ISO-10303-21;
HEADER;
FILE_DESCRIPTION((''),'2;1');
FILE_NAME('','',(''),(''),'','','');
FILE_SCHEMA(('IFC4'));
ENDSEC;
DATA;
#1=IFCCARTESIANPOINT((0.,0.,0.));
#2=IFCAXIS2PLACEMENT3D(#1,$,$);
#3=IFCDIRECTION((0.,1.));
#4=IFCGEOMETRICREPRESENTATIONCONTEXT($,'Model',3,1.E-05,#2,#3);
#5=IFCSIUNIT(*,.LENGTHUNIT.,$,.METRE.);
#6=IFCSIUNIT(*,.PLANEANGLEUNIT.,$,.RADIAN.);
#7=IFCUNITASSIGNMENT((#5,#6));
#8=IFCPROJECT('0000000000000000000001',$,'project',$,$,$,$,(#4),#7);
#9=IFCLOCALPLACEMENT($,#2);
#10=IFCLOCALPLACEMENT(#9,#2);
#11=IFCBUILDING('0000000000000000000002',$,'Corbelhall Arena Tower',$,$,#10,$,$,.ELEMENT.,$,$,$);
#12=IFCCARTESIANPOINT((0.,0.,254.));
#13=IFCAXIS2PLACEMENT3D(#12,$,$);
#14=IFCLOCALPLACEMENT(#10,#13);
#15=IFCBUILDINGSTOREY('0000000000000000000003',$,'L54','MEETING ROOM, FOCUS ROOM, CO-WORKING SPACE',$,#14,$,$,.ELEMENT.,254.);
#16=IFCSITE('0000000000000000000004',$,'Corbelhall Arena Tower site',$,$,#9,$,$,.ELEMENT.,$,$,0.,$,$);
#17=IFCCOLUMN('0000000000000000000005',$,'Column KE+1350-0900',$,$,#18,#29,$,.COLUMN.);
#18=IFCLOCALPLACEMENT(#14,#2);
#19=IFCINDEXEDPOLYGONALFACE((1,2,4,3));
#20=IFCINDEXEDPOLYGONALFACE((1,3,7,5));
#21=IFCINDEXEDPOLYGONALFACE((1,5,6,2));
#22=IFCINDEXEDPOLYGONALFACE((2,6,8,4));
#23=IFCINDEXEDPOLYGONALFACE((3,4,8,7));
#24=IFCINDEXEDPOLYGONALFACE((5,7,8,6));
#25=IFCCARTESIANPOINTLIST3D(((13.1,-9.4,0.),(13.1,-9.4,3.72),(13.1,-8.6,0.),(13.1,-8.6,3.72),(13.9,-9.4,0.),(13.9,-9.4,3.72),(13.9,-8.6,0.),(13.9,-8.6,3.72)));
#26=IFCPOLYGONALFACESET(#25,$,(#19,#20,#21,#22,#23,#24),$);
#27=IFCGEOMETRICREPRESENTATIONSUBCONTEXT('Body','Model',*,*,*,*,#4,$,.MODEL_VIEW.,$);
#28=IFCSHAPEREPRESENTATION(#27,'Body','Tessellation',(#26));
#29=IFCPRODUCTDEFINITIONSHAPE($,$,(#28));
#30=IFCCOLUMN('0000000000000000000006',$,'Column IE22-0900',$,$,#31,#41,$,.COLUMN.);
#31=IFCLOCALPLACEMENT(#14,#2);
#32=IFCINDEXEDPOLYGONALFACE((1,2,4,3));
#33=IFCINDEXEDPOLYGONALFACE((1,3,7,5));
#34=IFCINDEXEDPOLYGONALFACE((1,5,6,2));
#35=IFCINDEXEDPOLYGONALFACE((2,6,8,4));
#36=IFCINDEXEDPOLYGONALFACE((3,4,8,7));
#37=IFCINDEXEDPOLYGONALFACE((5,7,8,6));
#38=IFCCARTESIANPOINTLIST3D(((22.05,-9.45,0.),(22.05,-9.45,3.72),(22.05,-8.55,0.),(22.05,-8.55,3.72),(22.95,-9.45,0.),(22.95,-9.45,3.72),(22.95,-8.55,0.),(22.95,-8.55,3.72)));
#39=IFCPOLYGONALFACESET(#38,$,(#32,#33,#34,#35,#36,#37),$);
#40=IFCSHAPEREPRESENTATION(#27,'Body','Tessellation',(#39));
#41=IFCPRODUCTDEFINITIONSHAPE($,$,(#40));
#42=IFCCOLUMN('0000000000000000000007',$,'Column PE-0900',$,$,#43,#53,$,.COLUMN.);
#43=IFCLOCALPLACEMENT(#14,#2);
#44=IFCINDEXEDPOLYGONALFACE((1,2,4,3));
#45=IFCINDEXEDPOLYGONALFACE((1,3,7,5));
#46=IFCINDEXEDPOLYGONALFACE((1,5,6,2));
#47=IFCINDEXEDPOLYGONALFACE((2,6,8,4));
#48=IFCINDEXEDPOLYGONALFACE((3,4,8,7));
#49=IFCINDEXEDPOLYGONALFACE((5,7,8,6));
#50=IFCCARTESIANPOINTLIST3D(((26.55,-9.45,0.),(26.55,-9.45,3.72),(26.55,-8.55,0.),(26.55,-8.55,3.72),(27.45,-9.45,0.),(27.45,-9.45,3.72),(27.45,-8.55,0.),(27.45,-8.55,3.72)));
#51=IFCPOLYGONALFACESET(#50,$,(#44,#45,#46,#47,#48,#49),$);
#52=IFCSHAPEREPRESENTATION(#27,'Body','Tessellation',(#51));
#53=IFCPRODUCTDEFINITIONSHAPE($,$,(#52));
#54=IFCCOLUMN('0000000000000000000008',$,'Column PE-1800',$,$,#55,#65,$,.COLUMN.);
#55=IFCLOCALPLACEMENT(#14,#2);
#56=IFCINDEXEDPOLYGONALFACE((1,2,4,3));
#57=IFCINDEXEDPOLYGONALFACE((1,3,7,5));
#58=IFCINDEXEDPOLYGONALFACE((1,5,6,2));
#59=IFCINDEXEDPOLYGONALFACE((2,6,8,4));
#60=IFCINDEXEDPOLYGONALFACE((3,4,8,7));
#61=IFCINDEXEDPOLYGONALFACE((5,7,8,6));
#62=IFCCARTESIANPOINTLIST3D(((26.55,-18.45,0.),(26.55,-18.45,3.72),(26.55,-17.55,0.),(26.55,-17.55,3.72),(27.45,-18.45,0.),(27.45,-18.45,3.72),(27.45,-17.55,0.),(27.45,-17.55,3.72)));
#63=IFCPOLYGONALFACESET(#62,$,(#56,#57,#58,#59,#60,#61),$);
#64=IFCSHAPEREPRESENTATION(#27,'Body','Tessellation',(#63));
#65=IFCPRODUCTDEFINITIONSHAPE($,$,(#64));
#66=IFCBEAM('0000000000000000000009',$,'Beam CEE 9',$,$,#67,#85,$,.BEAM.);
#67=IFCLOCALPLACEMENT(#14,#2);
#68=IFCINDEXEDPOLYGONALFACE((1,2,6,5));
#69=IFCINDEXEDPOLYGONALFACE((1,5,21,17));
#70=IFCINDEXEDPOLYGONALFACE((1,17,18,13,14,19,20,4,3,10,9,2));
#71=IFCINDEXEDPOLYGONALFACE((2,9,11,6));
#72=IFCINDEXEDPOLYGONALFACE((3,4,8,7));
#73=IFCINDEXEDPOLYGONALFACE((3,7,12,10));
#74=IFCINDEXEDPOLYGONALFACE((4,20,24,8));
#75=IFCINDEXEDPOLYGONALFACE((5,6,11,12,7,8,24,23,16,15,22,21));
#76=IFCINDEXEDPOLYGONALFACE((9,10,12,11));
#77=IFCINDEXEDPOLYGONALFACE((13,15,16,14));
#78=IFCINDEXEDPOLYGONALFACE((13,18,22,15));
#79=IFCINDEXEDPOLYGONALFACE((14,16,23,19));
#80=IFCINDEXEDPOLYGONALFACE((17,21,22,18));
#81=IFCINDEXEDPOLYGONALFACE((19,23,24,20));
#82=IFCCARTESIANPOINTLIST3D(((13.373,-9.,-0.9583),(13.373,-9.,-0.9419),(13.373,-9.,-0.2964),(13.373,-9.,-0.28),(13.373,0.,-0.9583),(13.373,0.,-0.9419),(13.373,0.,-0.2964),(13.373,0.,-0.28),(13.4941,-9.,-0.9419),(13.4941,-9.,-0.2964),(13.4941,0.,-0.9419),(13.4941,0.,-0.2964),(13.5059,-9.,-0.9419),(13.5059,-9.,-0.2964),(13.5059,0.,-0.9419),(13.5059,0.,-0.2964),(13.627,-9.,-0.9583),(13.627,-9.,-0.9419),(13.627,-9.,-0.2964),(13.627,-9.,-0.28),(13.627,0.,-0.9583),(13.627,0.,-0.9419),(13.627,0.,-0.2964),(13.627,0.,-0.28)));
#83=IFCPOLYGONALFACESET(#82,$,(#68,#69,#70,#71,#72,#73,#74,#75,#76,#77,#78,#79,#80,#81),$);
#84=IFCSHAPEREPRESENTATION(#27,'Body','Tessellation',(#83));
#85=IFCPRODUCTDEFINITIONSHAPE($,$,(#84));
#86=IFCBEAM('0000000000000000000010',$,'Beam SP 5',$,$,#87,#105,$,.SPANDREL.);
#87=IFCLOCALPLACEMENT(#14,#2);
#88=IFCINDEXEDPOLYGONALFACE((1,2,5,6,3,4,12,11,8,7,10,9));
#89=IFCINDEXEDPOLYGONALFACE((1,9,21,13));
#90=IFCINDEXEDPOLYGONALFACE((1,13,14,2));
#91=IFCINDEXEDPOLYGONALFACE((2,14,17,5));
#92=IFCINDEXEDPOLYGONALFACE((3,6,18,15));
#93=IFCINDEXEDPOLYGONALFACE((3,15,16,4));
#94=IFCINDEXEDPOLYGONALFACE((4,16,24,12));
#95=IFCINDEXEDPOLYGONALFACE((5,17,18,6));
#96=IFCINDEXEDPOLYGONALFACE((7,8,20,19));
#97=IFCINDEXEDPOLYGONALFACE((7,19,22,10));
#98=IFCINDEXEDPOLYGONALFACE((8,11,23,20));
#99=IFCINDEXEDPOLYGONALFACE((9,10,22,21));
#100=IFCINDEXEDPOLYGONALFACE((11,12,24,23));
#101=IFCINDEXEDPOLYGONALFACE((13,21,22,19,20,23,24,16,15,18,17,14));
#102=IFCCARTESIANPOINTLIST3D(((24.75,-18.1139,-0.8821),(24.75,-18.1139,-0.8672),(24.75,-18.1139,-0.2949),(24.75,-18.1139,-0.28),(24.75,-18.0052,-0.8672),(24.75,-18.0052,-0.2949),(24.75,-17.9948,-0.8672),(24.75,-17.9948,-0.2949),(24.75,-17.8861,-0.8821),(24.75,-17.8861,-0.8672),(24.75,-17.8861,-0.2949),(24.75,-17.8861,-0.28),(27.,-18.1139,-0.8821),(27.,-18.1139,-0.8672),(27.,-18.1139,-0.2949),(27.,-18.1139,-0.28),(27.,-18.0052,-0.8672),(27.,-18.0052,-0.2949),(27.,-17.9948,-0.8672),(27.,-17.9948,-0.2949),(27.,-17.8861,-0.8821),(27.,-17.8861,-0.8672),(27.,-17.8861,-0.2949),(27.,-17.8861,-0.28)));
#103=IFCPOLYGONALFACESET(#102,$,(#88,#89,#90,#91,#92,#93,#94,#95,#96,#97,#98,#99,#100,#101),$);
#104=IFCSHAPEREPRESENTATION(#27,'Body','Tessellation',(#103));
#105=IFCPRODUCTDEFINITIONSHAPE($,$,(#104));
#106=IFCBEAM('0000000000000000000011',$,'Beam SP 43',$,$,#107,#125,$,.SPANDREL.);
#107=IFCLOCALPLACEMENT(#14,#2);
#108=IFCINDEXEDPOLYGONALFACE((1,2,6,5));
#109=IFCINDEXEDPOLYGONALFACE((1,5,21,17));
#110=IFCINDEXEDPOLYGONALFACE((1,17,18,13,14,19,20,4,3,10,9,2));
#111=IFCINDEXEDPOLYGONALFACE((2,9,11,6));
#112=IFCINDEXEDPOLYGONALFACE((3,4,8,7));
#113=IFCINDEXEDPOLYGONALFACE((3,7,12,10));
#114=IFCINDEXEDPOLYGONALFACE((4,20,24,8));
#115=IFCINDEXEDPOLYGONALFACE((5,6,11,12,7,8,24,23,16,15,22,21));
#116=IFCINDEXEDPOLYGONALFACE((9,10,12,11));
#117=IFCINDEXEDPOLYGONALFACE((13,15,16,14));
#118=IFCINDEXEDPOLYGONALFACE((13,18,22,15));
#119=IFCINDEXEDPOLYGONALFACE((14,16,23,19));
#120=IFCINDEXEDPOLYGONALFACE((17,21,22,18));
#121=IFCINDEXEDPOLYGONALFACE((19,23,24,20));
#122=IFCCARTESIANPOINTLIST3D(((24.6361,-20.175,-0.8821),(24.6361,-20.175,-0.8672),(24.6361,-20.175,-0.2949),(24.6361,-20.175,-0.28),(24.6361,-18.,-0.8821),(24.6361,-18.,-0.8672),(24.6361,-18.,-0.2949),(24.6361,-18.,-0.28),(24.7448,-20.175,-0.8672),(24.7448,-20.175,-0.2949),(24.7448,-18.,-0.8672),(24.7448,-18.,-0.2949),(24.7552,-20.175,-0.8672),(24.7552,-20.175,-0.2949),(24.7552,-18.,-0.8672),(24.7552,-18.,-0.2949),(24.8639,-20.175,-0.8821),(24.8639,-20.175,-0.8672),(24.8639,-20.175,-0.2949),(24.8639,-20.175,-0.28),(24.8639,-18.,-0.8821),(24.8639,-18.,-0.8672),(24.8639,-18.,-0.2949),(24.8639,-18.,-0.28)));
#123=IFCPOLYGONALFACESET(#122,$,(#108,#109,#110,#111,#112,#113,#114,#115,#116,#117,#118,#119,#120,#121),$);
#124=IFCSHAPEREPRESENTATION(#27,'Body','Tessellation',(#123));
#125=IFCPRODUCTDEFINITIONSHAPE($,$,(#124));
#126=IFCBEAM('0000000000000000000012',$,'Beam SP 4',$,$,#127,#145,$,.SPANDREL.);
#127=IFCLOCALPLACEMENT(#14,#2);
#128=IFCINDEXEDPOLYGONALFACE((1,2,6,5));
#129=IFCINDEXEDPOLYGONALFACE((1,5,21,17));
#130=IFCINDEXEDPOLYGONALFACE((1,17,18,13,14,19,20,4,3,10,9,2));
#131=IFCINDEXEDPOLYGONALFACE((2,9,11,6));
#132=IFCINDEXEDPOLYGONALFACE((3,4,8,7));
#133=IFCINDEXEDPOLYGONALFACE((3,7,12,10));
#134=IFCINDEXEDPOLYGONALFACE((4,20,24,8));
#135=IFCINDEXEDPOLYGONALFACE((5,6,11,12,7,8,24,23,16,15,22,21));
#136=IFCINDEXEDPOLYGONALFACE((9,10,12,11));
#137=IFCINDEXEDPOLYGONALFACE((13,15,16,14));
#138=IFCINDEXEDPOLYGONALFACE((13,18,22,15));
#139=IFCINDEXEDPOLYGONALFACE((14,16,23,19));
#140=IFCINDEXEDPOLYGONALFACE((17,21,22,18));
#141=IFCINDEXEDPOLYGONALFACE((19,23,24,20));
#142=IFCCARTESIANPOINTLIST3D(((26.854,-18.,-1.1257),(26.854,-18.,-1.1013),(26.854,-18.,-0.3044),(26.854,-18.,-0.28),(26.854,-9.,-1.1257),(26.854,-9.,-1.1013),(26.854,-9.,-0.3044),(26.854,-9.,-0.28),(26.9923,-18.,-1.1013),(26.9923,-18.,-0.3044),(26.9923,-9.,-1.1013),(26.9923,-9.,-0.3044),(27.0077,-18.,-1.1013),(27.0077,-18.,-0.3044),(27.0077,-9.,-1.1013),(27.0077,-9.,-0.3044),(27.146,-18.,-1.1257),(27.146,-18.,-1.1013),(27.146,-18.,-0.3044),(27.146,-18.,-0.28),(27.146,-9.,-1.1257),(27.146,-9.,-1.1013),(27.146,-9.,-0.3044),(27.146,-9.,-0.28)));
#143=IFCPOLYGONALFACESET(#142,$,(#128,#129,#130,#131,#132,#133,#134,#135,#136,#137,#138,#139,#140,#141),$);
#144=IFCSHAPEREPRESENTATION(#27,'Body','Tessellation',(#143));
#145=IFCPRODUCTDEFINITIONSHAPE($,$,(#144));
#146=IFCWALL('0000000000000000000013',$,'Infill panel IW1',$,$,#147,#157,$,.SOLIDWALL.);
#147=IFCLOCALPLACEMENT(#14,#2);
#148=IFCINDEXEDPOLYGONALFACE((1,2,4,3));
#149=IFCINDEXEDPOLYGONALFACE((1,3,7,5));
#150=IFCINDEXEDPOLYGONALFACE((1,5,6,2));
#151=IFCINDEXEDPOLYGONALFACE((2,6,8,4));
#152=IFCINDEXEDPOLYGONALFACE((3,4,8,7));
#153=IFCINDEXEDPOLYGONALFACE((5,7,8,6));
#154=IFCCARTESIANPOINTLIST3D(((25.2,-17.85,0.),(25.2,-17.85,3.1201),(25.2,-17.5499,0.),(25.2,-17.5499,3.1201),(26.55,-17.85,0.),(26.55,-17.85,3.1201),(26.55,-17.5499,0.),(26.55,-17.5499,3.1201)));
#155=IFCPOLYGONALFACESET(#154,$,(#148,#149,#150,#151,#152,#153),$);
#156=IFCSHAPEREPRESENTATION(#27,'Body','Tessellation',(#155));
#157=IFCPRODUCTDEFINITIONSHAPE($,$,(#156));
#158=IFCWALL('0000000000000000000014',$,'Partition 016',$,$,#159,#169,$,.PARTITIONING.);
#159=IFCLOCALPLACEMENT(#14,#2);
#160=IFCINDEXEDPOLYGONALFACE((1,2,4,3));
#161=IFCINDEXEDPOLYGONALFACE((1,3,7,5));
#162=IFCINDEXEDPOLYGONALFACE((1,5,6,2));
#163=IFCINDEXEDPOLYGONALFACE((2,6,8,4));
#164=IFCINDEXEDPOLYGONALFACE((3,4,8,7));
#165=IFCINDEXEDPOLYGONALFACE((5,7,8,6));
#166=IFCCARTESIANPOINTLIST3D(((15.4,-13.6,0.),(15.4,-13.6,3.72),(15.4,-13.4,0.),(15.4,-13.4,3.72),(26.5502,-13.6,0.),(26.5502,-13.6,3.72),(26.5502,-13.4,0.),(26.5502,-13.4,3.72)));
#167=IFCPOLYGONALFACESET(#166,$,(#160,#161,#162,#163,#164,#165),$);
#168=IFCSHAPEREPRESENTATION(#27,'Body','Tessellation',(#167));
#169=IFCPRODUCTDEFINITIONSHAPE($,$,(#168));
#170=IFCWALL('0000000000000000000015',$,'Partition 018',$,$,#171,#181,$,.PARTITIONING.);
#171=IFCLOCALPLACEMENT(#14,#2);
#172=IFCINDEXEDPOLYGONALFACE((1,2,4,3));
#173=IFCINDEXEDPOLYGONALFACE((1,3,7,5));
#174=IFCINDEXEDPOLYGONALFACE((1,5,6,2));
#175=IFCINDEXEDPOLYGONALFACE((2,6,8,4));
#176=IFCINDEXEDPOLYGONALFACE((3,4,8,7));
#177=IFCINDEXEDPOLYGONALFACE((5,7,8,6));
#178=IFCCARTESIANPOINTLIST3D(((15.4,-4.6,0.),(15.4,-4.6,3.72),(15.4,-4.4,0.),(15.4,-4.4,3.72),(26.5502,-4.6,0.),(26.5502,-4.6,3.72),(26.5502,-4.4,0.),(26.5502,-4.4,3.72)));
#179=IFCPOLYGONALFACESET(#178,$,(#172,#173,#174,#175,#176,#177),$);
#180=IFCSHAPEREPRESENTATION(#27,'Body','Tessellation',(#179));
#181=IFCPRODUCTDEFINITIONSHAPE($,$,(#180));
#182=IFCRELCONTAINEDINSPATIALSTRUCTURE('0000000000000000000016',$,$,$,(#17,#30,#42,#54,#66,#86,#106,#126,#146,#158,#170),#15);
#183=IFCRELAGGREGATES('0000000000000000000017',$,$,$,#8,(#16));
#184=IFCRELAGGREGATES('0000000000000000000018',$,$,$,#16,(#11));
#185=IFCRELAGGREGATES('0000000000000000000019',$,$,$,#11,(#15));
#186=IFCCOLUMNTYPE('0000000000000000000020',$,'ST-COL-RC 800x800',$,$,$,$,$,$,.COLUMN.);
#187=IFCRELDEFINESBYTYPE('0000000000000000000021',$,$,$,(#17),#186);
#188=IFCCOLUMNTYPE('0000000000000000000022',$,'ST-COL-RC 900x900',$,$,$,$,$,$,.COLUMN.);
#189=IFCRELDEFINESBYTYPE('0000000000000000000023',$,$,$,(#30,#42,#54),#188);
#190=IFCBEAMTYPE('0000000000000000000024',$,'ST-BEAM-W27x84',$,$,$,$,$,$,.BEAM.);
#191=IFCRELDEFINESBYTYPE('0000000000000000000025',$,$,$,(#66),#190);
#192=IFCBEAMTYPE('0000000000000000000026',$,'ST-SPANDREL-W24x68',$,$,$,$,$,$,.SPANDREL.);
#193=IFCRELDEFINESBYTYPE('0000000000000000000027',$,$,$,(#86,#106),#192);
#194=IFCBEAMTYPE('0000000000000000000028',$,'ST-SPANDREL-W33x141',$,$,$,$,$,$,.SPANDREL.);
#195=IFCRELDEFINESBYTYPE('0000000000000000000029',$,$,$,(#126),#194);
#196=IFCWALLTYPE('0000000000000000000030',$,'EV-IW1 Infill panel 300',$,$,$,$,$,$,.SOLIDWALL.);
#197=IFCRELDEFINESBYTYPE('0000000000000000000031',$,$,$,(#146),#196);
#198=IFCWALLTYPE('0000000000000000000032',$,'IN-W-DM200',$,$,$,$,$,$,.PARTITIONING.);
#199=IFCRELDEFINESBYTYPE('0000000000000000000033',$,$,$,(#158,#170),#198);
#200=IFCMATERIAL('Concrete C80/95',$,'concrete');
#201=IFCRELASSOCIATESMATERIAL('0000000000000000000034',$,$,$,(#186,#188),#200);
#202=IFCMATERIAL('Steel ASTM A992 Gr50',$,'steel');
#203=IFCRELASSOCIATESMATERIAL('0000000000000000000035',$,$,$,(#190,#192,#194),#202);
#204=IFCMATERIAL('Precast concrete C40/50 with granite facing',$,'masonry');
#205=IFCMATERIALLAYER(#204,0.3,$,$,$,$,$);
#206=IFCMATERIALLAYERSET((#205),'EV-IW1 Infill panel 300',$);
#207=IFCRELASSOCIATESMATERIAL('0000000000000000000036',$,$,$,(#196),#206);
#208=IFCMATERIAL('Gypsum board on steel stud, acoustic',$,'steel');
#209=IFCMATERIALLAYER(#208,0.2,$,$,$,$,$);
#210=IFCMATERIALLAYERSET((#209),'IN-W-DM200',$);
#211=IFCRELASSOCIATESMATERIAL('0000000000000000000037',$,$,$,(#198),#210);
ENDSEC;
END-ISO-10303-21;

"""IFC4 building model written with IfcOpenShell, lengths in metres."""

from ifc_helpers import new_model, si_unit, direction, frame, frame_2d, origin, origin_2d, place, context, subcontext, project, spatial, rectangle, i_section, extrude, material, layer, layer_set, material_profile, profile_set, type_object, element, save


model = new_model("IFC4")

# Units and contexts
model_context = context("Model", 3, precision=1e-05, world=origin(), true_north=direction((0.0, 1.0)))
body_context = subcontext(model_context, "Body", "Model", "MODEL_VIEW")
ifc_project = project(units=[si_unit("LENGTHUNIT", "METRE"), si_unit("PLANEANGLEUNIT", "RADIAN")], contexts=[model_context])

# Site, building, storey
site_placement = place(None, origin())
site = spatial("IfcSite", under=ifc_project, at=site_placement, Name="Corbelhall Arena Tower site", CompositionType="ELEMENT", RefElevation=0.0)
building_placement = place(site_placement, origin())
building = spatial("IfcBuilding", under=site, at=building_placement, Name="Corbelhall Arena Tower", CompositionType="ELEMENT")
storey_placement = place(building_placement, frame((0.0, 0.0, 254.0)))
storey = spatial("IfcBuildingStorey", under=building, at=storey_placement, Name="L54", Description="MEETING ROOM, FOCUS ROOM, CO-WORKING SPACE", CompositionType="ELEMENT", Elevation=254.0)

# Columns
ifc_material_1 = material(Name="Concrete C80/95", Category="concrete")
ifc_material_profile_1 = material_profile(ifc_material_1, rectangle(XDim=0.8, YDim=0.8, at=origin_2d()))
ifc_profile_set_1 = profile_set([ifc_material_profile_1], Name="Concrete C80/95")
column_type_1 = type_object("IfcColumnType", Name="ST-COL-RC 800x800", PredefinedType="COLUMN", material=ifc_profile_set_1)
column_placement = place(storey_placement, frame((13.5, -9.0, 0.0), z_axis=(0.0, 0.0, 1.0), x_axis=(1.0, 0.0, 0.0)))
element("IfcColumn", 1, at=column_placement, inside=storey, type_object=column_type_1, Name="Column KE+1350-0900", PredefinedType="COLUMN", context=body_context, shape_type="SweptSolid", body=[
    extrude(rectangle(XDim=0.8, YDim=0.8, at=origin_2d()), origin(), (0.0, 0.0, 1.0), 3.72),
])
ifc_material_profile_2 = material_profile(ifc_material_1, rectangle(XDim=0.8999, YDim=0.8999, at=origin_2d()))
ifc_profile_set_2 = profile_set([ifc_material_profile_2], Name="Concrete C80/95")
column_type_2 = type_object("IfcColumnType", Name="ST-COL-RC 900x900", PredefinedType="COLUMN", material=ifc_profile_set_2)
for number, where, z_axis, x_axis, name in (
    (2, (22.5, -9.0, 0.0), (0.0, 0.0, 1.0), (1.0, 0.0, 0.0), "Column IE22-0900"),
    (3, (27.0, -9.0, 0.0), (0.0, 0.0, 1.0), (0.0, 1.0, 0.0), "Column PE-0900"),
    (4, (27.0, -18.0, 0.0), (0.0, 0.0, 1.0), (0.0, 1.0, 0.0), "Column PE-1800"),
):
    element("IfcColumn", number, at=place(storey_placement, frame(where, z_axis=z_axis, x_axis=x_axis)), inside=storey, type_object=column_type_2, Name=name, PredefinedType="COLUMN", context=body_context, shape_type="SweptSolid", body=[
        extrude(rectangle(XDim=0.8999, YDim=0.8999, at=origin_2d()), origin(), (0.0, 0.0, 1.0), 3.72),
    ])

# Beams
ifc_material_2 = material(Name="Steel ASTM A992 Gr50", Category="steel")
ifc_material_profile_3 = material_profile(ifc_material_2, i_section(OverallWidth=0.2539, OverallDepth=0.6782, WebThickness=0.0117, FlangeThickness=0.0164, at=origin_2d()))
ifc_profile_set_3 = profile_set([ifc_material_profile_3], Name="Steel ASTM A992 Gr50")
beam_type_1 = type_object("IfcBeamType", Name="ST-BEAM-W27x84", PredefinedType="BEAM", material=ifc_profile_set_3)
beam_1_placement = place(storey_placement, frame((13.5, -9.0, -0.6191), z_axis=(0.0, 1.0, 0.0), x_axis=(-1.0, 0.0, 0.0)))
element("IfcBeam", 5, at=beam_1_placement, inside=storey, type_object=beam_type_1, Name="Beam CEE 9", PredefinedType="BEAM", context=body_context, shape_type="SweptSolid", body=[
    extrude(i_section(OverallWidth=0.2539, OverallDepth=0.6782, WebThickness=0.0117, FlangeThickness=0.0164, at=origin_2d()), origin(), (0.0, 0.0, 1.0), 9.0),
])
ifc_material_profile_4 = material_profile(ifc_material_2, i_section(OverallWidth=0.2278, OverallDepth=0.6021, WebThickness=0.0105, FlangeThickness=0.0149, at=origin_2d()))
ifc_profile_set_4 = profile_set([ifc_material_profile_4], Name="Steel ASTM A992 Gr50")
beam_type_2 = type_object("IfcBeamType", Name="ST-SPANDREL-W24x68", PredefinedType="SPANDREL", material=ifc_profile_set_4)
beam_2_placement = place(storey_placement, frame((27.0, -18.0, -0.5811), z_axis=(-1.0, 0.0, 0.0), x_axis=(0.0, -1.0, 0.0)))
element("IfcBeam", 6, at=beam_2_placement, inside=storey, type_object=beam_type_2, Name="Beam SP 5", PredefinedType="SPANDREL", context=body_context, shape_type="SweptSolid", body=[
    extrude(i_section(OverallWidth=0.2278, OverallDepth=0.6021, WebThickness=0.0105, FlangeThickness=0.0149, at=origin_2d()), origin(), (0.0, 0.0, 1.0), 2.25),
])
beam_3_placement = place(storey_placement, frame((24.75, -18.0, -0.5811), z_axis=(0.0, -1.0, 0.0), x_axis=(1.0, 0.0, 0.0)))
element("IfcBeam", 7, at=beam_3_placement, inside=storey, type_object=beam_type_2, Name="Beam SP 43", PredefinedType="SPANDREL", context=body_context, shape_type="SweptSolid", body=[
    extrude(i_section(OverallWidth=0.2278, OverallDepth=0.6021, WebThickness=0.0105, FlangeThickness=0.0149, at=origin_2d()), origin(), (0.0, 0.0, 1.0), 2.175),
])
ifc_material_profile_5 = material_profile(ifc_material_2, i_section(OverallWidth=0.292, OverallDepth=0.8457, WebThickness=0.0154, FlangeThickness=0.0244, at=origin_2d()))
ifc_profile_set_5 = profile_set([ifc_material_profile_5], Name="Steel ASTM A992 Gr50")
beam_type_3 = type_object("IfcBeamType", Name="ST-SPANDREL-W33x141", PredefinedType="SPANDREL", material=ifc_profile_set_5)
beam_4_placement = place(storey_placement, frame((27.0, -9.0, -0.7029), z_axis=(0.0, -1.0, 0.0), x_axis=(1.0, 0.0, 0.0)))
element("IfcBeam", 8, at=beam_4_placement, inside=storey, type_object=beam_type_3, Name="Beam SP 4", PredefinedType="SPANDREL", context=body_context, shape_type="SweptSolid", body=[
    extrude(i_section(OverallWidth=0.292, OverallDepth=0.8457, WebThickness=0.0154, FlangeThickness=0.0244, at=origin_2d()), origin(), (0.0, 0.0, 1.0), 9.0),
])

# Wall
ifc_material_3 = material(Name="Precast concrete C40/50 with granite facing", Category="masonry")
ifc_layer_1 = layer(ifc_material_3, 0.3)
ifc_layer_set_1 = layer_set([ifc_layer_1], Name="EV-IW1 Infill panel 300")
wall_type_1 = type_object("IfcWallType", Name="EV-IW1 Infill panel 300", PredefinedType="SOLIDWALL", material=ifc_layer_set_1)
wall_1_placement = place(storey_placement, frame((25.2, -17.7, 0.0), z_axis=(0.0, 0.0, 1.0), x_axis=(1.0, 0.0, 0.0)))
element("IfcWall", 9, at=wall_1_placement, inside=storey, type_object=wall_type_1, Name="Infill panel IW1", PredefinedType="SOLIDWALL", context=body_context, shape_type="SweptSolid", body=[
    extrude(rectangle(XDim=1.3501, YDim=0.3, at=frame_2d((0.675, 0.0))), origin(), (0.0, 0.0, 1.0), 3.1201),
])

# Walls
ifc_material_4 = material(Name="Gypsum board on steel stud, acoustic", Category="steel")
ifc_layer_2 = layer(ifc_material_4, 0.2)
ifc_layer_set_2 = layer_set([ifc_layer_2], Name="IN-W-DM200")
wall_type_2 = type_object("IfcWallType", Name="IN-W-DM200", PredefinedType="PARTITIONING", material=ifc_layer_set_2)
for number, where, z_axis, x_axis, name in (
    (10, (15.3999, -13.5, 0.0), (0.0, 0.0, 1.0), (1.0, 0.0, 0.0), "Partition 016"),
    (11, (15.3999, -4.5, 0.0), (0.0, 0.0, 1.0), (1.0, 0.0, 0.0), "Partition 018"),
):
    element("IfcWall", number, at=place(storey_placement, frame(where, z_axis=z_axis, x_axis=x_axis)), inside=storey, type_object=wall_type_2, Name=name, PredefinedType="PARTITIONING", context=body_context, shape_type="SweptSolid", body=[
        extrude(rectangle(XDim=11.1501, YDim=0.2, at=frame_2d((5.5752, 0.0))), origin(), (0.0, 0.0, 1.0), 3.72),
    ])

save(model, "model.ifc")
